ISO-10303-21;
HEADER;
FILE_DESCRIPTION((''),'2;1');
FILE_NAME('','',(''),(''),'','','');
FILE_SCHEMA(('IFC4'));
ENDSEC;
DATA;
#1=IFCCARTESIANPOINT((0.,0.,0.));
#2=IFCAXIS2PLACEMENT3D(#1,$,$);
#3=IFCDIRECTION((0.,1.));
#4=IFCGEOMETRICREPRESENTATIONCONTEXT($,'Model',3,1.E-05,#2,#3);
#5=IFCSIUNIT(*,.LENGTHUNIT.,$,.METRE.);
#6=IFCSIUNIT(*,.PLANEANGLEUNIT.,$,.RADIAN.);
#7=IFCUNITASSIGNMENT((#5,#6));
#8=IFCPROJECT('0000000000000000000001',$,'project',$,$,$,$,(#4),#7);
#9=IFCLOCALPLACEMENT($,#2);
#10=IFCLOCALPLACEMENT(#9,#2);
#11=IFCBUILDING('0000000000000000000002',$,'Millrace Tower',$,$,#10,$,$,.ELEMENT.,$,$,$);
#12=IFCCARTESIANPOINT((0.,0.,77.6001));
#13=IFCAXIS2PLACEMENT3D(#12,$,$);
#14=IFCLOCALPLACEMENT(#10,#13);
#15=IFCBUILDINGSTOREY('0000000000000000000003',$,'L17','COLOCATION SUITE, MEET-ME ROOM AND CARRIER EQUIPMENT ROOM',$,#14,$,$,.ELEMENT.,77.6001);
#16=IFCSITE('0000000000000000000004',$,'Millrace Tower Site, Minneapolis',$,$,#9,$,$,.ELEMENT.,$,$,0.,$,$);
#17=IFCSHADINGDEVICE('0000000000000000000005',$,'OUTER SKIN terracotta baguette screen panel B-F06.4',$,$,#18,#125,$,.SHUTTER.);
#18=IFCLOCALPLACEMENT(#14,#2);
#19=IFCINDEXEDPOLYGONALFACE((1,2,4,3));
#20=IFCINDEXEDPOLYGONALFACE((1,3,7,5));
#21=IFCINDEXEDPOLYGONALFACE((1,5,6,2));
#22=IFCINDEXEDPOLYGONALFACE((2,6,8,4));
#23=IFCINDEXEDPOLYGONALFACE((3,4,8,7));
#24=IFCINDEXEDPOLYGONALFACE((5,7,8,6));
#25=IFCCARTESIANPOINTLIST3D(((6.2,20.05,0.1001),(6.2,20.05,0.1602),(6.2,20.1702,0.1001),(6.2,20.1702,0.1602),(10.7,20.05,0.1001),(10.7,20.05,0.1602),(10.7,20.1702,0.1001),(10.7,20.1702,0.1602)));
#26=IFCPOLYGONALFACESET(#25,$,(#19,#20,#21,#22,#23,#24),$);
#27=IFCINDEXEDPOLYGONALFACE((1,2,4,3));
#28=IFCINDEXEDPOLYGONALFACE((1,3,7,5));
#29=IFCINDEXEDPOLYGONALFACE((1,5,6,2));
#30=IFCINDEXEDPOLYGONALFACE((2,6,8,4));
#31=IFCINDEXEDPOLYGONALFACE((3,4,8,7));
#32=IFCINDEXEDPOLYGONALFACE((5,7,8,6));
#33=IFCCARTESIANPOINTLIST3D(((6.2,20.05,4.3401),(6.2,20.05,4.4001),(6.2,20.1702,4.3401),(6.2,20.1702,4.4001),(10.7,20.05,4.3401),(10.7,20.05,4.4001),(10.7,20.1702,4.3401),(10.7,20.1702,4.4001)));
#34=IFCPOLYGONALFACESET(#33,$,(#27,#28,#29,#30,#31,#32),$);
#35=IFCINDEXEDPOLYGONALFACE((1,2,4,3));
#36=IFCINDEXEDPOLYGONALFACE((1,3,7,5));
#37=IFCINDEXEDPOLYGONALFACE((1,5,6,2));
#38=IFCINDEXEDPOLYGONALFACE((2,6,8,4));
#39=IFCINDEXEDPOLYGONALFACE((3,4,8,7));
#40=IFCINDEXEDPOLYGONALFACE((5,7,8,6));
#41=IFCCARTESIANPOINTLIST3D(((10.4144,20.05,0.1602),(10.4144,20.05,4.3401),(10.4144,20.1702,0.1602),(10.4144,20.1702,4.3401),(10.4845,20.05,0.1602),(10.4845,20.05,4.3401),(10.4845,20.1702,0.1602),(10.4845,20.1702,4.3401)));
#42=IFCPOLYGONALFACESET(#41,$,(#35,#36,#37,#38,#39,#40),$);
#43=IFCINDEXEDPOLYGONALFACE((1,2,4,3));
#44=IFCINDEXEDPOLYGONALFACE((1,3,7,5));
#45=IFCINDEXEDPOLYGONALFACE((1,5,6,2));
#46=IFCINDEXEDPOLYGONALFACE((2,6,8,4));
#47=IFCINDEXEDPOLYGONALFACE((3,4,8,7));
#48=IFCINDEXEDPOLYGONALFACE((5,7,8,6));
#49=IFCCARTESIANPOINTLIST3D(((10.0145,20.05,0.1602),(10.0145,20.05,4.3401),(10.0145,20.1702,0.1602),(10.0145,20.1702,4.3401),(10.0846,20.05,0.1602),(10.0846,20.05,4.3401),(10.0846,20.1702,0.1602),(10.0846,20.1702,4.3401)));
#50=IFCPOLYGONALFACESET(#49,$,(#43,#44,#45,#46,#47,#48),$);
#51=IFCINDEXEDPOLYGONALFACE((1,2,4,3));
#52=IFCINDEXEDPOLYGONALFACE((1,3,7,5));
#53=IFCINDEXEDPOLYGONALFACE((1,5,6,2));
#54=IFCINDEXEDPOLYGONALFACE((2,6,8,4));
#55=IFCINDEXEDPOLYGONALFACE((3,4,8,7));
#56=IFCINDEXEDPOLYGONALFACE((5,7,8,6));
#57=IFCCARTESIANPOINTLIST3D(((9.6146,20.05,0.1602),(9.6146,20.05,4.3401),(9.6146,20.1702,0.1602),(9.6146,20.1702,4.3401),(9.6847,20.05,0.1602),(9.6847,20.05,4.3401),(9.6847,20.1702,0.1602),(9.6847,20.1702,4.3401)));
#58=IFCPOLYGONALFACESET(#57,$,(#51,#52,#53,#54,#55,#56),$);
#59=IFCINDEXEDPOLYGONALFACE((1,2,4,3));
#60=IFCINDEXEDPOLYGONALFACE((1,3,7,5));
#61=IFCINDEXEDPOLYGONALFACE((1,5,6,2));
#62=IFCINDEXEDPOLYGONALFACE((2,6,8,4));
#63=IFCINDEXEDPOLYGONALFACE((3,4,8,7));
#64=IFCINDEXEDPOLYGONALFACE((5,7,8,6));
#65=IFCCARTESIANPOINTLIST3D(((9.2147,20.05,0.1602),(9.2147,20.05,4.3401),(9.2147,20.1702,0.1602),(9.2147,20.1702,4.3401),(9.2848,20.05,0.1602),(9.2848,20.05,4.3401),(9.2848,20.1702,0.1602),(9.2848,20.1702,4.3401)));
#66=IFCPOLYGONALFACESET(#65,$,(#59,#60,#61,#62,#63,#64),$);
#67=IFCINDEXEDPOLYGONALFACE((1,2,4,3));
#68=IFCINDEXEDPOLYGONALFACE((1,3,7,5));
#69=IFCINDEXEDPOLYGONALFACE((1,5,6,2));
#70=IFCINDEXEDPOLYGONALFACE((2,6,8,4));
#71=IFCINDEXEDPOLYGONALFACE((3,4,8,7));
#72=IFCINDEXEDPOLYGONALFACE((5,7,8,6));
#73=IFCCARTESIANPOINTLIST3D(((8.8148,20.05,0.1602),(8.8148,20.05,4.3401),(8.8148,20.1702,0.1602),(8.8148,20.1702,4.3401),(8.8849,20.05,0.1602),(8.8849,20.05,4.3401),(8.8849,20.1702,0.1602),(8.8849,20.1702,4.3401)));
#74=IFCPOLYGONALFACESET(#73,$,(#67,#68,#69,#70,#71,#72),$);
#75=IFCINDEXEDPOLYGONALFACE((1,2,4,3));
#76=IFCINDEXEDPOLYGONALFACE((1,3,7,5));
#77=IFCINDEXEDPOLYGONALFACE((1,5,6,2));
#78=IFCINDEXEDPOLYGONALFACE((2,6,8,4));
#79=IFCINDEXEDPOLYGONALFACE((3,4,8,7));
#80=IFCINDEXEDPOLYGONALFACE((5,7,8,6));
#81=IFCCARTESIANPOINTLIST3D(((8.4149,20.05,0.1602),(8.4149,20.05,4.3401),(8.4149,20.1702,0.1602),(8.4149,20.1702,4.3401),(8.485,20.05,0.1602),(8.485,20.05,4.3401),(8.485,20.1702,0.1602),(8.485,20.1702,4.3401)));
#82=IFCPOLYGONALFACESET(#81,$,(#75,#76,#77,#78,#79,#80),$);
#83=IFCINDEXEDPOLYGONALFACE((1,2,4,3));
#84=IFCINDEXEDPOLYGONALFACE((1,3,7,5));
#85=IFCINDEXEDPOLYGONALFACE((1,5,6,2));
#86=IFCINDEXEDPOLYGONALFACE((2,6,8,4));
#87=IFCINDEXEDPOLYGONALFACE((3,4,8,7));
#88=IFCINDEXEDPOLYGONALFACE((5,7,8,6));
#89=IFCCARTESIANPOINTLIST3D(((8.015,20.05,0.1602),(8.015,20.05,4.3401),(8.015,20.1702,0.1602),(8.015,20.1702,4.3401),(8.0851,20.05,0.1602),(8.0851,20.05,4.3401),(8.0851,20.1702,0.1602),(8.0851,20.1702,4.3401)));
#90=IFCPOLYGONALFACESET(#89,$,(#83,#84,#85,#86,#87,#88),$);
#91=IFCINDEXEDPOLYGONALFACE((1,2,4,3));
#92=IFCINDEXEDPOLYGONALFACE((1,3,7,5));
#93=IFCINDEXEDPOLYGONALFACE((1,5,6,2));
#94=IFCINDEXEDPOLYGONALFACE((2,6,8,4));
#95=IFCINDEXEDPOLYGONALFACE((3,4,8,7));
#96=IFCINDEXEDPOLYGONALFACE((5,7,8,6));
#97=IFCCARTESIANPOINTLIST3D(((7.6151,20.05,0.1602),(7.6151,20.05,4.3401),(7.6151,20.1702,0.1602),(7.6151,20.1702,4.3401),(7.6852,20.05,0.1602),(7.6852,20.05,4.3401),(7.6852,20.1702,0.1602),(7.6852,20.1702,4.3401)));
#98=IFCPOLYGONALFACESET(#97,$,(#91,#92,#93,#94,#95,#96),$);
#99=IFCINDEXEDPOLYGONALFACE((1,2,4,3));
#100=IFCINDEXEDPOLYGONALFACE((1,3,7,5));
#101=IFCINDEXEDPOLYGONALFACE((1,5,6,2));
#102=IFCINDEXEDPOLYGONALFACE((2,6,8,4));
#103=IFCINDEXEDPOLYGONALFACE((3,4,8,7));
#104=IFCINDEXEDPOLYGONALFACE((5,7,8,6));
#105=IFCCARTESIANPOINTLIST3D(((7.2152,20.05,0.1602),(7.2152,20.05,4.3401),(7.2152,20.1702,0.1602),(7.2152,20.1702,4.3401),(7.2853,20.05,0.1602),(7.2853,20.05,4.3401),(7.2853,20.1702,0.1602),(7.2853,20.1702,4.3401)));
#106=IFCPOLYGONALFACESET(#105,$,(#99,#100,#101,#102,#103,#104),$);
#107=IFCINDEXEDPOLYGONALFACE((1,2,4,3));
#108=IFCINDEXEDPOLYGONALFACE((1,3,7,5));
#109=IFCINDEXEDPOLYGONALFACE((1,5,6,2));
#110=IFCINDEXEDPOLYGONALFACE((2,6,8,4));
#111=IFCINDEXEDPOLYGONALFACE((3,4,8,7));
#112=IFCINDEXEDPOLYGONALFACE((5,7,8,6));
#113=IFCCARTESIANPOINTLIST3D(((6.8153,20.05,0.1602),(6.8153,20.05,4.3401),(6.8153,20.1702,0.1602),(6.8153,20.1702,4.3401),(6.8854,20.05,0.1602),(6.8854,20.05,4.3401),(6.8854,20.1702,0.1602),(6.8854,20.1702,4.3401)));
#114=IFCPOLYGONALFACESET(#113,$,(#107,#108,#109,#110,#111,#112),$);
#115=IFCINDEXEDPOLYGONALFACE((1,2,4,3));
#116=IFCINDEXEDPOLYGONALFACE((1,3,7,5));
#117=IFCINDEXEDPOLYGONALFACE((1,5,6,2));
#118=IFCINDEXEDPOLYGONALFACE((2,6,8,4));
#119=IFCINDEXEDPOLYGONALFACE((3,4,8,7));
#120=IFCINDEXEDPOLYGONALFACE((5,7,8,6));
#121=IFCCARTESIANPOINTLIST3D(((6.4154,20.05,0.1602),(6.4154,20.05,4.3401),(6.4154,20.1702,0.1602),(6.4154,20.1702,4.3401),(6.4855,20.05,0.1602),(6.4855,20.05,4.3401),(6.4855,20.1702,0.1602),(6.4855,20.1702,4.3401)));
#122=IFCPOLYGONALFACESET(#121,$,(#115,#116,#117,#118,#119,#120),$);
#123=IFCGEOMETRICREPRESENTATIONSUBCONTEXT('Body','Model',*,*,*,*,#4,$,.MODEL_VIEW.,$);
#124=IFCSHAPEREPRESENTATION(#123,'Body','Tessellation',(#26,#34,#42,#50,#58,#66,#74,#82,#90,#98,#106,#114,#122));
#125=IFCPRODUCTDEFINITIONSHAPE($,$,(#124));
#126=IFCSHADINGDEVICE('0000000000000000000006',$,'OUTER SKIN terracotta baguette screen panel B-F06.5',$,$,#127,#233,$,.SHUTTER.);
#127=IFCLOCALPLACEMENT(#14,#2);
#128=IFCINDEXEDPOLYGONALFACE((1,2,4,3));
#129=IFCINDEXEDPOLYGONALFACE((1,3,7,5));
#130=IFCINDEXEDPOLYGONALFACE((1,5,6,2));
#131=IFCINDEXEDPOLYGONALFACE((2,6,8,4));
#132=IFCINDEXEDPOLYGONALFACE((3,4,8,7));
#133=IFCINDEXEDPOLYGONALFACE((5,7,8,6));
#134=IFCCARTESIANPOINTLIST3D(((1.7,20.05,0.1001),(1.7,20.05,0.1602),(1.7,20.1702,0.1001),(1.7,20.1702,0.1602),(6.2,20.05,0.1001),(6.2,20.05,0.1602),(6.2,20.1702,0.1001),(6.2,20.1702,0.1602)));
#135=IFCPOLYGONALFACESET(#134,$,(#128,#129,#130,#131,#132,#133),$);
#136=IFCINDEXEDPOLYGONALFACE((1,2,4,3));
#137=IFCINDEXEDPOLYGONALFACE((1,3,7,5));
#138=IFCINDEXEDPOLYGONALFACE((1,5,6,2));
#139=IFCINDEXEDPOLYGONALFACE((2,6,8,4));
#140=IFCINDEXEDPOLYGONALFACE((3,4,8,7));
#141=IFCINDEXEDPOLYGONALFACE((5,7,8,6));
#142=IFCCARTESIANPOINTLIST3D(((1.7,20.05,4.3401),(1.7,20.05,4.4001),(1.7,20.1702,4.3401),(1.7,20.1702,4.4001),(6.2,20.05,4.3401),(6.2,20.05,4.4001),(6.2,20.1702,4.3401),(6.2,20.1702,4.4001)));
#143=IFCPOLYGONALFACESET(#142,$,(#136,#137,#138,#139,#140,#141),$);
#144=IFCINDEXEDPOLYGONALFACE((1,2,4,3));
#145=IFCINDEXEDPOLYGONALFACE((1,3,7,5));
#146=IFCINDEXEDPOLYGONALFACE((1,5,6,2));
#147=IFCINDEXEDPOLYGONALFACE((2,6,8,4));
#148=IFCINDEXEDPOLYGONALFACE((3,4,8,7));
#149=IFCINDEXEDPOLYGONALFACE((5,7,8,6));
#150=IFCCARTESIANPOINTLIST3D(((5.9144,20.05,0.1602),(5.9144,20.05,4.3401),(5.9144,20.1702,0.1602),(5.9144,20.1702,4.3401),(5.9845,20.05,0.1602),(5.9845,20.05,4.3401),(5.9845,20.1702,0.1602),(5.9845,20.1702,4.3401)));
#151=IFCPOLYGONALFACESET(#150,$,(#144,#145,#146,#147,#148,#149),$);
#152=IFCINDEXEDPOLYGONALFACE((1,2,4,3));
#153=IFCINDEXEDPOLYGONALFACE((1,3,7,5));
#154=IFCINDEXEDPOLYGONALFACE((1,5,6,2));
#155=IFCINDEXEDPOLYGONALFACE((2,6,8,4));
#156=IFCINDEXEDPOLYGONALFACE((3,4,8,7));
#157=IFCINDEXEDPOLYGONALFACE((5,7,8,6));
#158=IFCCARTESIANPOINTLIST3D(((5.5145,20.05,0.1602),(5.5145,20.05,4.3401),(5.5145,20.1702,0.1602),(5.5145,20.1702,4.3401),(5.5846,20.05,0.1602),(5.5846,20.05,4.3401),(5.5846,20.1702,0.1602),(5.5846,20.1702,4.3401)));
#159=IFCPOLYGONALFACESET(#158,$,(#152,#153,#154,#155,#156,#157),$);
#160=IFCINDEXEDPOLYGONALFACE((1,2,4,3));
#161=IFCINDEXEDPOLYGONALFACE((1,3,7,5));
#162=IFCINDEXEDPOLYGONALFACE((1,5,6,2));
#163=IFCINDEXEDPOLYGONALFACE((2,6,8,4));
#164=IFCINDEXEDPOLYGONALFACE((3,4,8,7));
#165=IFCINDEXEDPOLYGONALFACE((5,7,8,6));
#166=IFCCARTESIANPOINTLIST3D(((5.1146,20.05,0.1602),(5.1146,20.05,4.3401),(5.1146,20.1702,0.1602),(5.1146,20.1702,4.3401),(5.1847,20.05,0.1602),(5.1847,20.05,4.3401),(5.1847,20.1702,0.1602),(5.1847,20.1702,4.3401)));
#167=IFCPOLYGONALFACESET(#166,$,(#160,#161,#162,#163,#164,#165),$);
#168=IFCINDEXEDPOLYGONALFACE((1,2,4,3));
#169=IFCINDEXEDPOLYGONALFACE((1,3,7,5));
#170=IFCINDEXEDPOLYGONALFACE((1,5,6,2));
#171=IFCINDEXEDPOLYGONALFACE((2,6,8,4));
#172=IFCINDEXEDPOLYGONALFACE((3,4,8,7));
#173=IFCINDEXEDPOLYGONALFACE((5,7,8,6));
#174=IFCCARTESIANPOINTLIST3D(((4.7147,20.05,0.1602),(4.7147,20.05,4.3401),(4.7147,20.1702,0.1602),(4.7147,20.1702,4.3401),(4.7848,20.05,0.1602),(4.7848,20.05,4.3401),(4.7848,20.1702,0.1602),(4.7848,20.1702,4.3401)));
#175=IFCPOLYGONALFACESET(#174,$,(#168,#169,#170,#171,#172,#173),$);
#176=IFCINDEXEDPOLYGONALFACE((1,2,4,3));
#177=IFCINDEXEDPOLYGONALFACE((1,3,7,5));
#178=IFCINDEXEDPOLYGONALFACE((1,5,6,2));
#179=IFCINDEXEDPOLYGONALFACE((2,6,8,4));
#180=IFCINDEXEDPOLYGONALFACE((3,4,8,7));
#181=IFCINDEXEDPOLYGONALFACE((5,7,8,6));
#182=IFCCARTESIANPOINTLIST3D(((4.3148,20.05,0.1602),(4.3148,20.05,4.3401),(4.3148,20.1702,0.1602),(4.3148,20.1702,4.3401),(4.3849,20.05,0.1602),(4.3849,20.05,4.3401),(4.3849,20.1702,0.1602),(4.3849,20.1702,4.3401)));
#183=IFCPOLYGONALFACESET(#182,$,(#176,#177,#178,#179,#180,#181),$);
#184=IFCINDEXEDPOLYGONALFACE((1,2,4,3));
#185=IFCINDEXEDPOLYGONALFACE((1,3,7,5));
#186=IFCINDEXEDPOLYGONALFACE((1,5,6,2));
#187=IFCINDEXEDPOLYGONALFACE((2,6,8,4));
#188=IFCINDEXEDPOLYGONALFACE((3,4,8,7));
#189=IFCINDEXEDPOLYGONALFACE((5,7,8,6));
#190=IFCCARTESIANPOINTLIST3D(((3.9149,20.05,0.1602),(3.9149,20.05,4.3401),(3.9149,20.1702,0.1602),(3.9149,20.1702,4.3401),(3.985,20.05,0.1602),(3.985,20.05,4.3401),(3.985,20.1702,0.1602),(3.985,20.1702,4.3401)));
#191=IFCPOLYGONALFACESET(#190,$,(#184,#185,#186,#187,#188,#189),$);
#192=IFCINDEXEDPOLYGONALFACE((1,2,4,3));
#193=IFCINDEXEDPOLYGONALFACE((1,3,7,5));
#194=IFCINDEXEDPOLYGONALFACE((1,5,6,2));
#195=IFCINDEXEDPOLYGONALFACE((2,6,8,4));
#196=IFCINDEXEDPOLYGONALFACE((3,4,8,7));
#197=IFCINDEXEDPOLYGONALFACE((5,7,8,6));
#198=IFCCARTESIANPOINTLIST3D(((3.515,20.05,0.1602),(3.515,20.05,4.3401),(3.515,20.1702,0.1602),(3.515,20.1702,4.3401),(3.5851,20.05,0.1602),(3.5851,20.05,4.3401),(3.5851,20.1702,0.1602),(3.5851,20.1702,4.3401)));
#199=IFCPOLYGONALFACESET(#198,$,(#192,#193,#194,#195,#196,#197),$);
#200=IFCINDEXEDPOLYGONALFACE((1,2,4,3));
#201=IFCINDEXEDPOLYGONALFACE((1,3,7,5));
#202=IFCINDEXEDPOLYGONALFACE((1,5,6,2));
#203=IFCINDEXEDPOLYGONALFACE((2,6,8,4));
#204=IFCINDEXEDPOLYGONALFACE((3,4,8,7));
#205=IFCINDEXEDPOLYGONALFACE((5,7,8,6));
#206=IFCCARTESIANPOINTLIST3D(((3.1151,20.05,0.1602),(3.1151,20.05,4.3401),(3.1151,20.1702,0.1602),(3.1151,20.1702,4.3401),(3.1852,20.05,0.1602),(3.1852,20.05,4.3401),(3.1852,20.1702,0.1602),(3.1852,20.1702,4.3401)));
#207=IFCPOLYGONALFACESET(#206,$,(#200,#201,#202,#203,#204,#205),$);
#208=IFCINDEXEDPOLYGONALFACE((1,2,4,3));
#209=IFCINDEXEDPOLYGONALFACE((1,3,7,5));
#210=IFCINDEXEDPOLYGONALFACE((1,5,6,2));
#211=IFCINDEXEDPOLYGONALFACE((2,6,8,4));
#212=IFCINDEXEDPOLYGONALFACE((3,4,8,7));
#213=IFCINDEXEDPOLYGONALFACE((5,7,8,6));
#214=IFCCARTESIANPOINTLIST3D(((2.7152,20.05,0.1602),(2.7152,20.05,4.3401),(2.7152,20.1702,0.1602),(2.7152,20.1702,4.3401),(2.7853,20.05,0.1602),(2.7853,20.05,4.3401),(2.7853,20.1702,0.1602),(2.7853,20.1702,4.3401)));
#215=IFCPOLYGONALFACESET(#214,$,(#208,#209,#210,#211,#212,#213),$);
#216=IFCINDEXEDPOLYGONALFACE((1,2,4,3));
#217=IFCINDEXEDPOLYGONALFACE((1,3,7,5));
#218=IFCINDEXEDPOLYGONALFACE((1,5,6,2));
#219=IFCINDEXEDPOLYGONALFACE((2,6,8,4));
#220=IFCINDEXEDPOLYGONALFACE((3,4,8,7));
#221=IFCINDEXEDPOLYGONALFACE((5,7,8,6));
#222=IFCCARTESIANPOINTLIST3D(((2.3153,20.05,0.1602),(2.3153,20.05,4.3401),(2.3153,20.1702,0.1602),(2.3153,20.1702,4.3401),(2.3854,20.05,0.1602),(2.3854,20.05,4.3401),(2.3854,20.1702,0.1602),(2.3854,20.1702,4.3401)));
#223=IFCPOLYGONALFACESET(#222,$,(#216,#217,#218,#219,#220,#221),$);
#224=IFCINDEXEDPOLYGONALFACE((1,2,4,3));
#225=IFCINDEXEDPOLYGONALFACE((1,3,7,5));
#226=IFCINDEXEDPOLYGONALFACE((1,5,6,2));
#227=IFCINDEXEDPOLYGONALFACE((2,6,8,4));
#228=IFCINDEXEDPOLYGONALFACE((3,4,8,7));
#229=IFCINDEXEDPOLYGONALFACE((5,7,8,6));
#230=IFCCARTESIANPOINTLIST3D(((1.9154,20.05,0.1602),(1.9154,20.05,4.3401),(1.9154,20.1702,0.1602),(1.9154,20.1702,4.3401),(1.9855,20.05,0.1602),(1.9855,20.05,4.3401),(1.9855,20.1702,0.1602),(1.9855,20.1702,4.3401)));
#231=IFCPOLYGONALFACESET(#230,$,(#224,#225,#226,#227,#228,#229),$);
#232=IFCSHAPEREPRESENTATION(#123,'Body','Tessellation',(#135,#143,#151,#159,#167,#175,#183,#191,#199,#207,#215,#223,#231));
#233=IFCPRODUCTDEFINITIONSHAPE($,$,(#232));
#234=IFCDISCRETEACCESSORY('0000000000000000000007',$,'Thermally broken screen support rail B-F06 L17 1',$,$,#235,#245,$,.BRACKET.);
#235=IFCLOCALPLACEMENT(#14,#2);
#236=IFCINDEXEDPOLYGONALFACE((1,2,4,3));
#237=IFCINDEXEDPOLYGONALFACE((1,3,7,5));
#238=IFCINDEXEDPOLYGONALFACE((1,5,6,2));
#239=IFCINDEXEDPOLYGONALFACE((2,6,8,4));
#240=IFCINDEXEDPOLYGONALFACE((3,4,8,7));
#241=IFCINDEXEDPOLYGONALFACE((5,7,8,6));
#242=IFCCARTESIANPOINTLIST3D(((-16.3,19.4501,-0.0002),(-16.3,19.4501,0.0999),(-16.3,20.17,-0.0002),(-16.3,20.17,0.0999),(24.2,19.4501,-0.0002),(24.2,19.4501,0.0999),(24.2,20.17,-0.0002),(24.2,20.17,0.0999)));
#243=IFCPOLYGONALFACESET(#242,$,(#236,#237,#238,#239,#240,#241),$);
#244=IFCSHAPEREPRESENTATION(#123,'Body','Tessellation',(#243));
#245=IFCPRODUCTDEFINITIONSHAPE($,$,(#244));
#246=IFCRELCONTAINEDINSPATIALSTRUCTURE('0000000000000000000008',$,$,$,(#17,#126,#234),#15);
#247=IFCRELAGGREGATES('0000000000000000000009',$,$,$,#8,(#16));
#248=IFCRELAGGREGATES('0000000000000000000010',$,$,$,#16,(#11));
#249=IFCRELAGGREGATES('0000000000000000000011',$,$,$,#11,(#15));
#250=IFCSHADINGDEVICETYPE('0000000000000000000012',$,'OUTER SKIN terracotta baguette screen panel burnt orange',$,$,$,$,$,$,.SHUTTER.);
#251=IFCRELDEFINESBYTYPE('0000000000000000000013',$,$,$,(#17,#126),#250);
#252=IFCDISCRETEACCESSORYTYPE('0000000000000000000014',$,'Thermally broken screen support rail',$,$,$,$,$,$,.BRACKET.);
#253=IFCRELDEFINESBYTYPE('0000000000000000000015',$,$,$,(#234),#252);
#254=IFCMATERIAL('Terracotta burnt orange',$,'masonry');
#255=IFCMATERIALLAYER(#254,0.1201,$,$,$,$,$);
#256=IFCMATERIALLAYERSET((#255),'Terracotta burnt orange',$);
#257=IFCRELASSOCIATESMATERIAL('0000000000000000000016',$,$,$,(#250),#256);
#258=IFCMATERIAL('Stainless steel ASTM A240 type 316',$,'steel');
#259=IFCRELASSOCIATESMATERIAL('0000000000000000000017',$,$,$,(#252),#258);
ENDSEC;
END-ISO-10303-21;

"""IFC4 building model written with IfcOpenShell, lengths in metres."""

from ifc_helpers import new_model, entity, si_unit, direction, frame, frame_2d, origin, origin_2d, place, context, subcontext, project, spatial, rectangle, extrude, source, transform, mapped, material, layer, layer_set, type_object, element, save


model = new_model("IFC4")

# Units and contexts
model_context = context("Model", 3, precision=1e-05, world=origin(), true_north=direction((0.0, 1.0)))
body_context = subcontext(model_context, "Body", "Model", "MODEL_VIEW")
ifc_project = project(units=[si_unit("LENGTHUNIT", "METRE"), si_unit("PLANEANGLEUNIT", "RADIAN")], contexts=[model_context])

# Site, building, storey
site_placement = place(None, origin())
site = spatial("IfcSite", under=ifc_project, at=site_placement, Name="Millrace Tower Site, Minneapolis", CompositionType="ELEMENT", RefElevation=0.0)
building_placement = place(site_placement, origin())
building = spatial("IfcBuilding", under=site, at=building_placement, Name="Millrace Tower", CompositionType="ELEMENT")
storey_placement = place(building_placement, frame((0.0, 0.0, 77.6001)))
storey = spatial("IfcBuildingStorey", under=building, at=storey_placement, Name="L17", Description="COLOCATION SUITE, MEET-ME ROOM AND CARRIER EQUIPMENT ROOM", CompositionType="ELEMENT", Elevation=77.6001)

# Shading devices
ifc_material_1 = material(Name="Terracotta burnt orange", Category="masonry")
ifc_layer_1 = layer(ifc_material_1, 0.1201)
ifc_layer_set_1 = layer_set([ifc_layer_1], Name="Terracotta burnt orange")
shading_device_type = type_object("IfcShadingDeviceType", Name="OUTER SKIN terracotta baguette screen panel burnt orange", PredefinedType="SHUTTER", material=ifc_layer_set_1)
cartesian_point = entity("IfcCartesianPoint", [-2.25, 0.0601])
shared_polyline = entity("IfcPolyline", [cartesian_point, entity("IfcCartesianPoint", [2.25, 0.0601]), entity("IfcCartesianPoint", [2.25, -0.0601]), entity("IfcCartesianPoint", [-2.25, -0.0601]), cartesian_point])
shared_shape = source(origin(), body_context, "Body", "SweptSolid", [
    entity("IfcExtrudedAreaSolid", entity("IfcArbitraryClosedProfileDef", "AREA", None, shared_polyline), entity("IfcAxis2Placement3D", entity("IfcCartesianPoint", [0.0, 0.0, 0.0])), entity("IfcDirection", [0.0, 0.0, 1.0]), 0.0601),
    entity("IfcExtrudedAreaSolid", entity("IfcArbitraryClosedProfileDef", "AREA", None, shared_polyline), entity("IfcAxis2Placement3D", entity("IfcCartesianPoint", [0.0, 0.0, 4.24])), entity("IfcDirection", [0.0, 0.0, 1.0]), 0.0601),
    extrude(rectangle(XDim=0.0701, YDim=0.1201, at=frame_2d((-1.9995, 0.0))), frame((0.0, 0.0, 0.0601)), (0.0, 0.0, 1.0), 4.1799),
    extrude(rectangle(XDim=0.0701, YDim=0.1201, at=frame_2d((-1.5996, 0.0))), frame((0.0, 0.0, 0.0601)), (0.0, 0.0, 1.0), 4.1799),
    extrude(rectangle(XDim=0.0701, YDim=0.1201, at=frame_2d((-1.1997, 0.0))), frame((0.0, 0.0, 0.0601)), (0.0, 0.0, 1.0), 4.1799),
    extrude(rectangle(XDim=0.0701, YDim=0.1201, at=frame_2d((-0.7998, 0.0))), frame((0.0, 0.0, 0.0601)), (0.0, 0.0, 1.0), 4.1799),
    extrude(rectangle(XDim=0.0701, YDim=0.1201, at=frame_2d((-0.3999, 0.0))), frame((0.0, 0.0, 0.0601)), (0.0, 0.0, 1.0), 4.1799),
    extrude(rectangle(XDim=0.0701, YDim=0.1201, at=origin_2d()), frame((0.0, 0.0, 0.0601)), (0.0, 0.0, 1.0), 4.1799),
    extrude(rectangle(XDim=0.0701, YDim=0.1201, at=frame_2d((0.3999, 0.0))), frame((0.0, 0.0, 0.0601)), (0.0, 0.0, 1.0), 4.1799),
    extrude(rectangle(XDim=0.0701, YDim=0.1201, at=frame_2d((0.7998, 0.0))), frame((0.0, 0.0, 0.0601)), (0.0, 0.0, 1.0), 4.1799),
    extrude(rectangle(XDim=0.0701, YDim=0.1201, at=frame_2d((1.1997, 0.0))), frame((0.0, 0.0, 0.0601)), (0.0, 0.0, 1.0), 4.1799),
    extrude(rectangle(XDim=0.0701, YDim=0.1201, at=frame_2d((1.5996, 0.0))), frame((0.0, 0.0, 0.0601)), (0.0, 0.0, 1.0), 4.1799),
    extrude(rectangle(XDim=0.0701, YDim=0.1201, at=frame_2d((1.9995, 0.0))), frame((0.0, 0.0, 0.0601)), (0.0, 0.0, 1.0), 4.1799),
])
for number, where, z_axis, x_axis, name in (
    (1, (8.45, 20.1101, 0.1001), (0.0, 0.0, 1.0), (-1.0, 0.0, 0.0), "OUTER SKIN terracotta baguette screen panel B-F06.4"),
    (2, (3.95, 20.1101, 0.1001), (0.0, 0.0, 1.0), (-1.0, 0.0, 0.0), "OUTER SKIN terracotta baguette screen panel B-F06.5"),
):
    element("IfcShadingDevice", number, at=place(storey_placement, frame(where, z_axis=z_axis, x_axis=x_axis)), inside=storey, type_object=shading_device_type, Name=name, PredefinedType="SHUTTER", context=body_context, shape_type="MappedRepresentation", body=[
        mapped(shared_shape, transform((0.0, 0.0, 0.0), scale=1.0)),
    ])

# Discrete accessory
ifc_material_2 = material(Name="Stainless steel ASTM A240 type 316", Category="steel")
discrete_accessory_type = type_object("IfcDiscreteAccessoryType", Name="Thermally broken screen support rail", PredefinedType="BRACKET", material=ifc_material_2)
discrete_accessory_placement = place(storey_placement, frame((3.95, 19.8101, -0.0002), z_axis=(0.0, 0.0, 1.0), x_axis=(-1.0, 0.0, 0.0)))
element("IfcDiscreteAccessory", 3, at=discrete_accessory_placement, inside=storey, type_object=discrete_accessory_type, Name="Thermally broken screen support rail B-F06 L17 1", PredefinedType="BRACKET", context=body_context, shape_type="SweptSolid", body=[
    extrude(rectangle(XDim=40.5, YDim=0.72, at=origin_2d()), origin(), (0.0, 0.0, 1.0), 0.1001),
])

save(model, "model.ifc")
